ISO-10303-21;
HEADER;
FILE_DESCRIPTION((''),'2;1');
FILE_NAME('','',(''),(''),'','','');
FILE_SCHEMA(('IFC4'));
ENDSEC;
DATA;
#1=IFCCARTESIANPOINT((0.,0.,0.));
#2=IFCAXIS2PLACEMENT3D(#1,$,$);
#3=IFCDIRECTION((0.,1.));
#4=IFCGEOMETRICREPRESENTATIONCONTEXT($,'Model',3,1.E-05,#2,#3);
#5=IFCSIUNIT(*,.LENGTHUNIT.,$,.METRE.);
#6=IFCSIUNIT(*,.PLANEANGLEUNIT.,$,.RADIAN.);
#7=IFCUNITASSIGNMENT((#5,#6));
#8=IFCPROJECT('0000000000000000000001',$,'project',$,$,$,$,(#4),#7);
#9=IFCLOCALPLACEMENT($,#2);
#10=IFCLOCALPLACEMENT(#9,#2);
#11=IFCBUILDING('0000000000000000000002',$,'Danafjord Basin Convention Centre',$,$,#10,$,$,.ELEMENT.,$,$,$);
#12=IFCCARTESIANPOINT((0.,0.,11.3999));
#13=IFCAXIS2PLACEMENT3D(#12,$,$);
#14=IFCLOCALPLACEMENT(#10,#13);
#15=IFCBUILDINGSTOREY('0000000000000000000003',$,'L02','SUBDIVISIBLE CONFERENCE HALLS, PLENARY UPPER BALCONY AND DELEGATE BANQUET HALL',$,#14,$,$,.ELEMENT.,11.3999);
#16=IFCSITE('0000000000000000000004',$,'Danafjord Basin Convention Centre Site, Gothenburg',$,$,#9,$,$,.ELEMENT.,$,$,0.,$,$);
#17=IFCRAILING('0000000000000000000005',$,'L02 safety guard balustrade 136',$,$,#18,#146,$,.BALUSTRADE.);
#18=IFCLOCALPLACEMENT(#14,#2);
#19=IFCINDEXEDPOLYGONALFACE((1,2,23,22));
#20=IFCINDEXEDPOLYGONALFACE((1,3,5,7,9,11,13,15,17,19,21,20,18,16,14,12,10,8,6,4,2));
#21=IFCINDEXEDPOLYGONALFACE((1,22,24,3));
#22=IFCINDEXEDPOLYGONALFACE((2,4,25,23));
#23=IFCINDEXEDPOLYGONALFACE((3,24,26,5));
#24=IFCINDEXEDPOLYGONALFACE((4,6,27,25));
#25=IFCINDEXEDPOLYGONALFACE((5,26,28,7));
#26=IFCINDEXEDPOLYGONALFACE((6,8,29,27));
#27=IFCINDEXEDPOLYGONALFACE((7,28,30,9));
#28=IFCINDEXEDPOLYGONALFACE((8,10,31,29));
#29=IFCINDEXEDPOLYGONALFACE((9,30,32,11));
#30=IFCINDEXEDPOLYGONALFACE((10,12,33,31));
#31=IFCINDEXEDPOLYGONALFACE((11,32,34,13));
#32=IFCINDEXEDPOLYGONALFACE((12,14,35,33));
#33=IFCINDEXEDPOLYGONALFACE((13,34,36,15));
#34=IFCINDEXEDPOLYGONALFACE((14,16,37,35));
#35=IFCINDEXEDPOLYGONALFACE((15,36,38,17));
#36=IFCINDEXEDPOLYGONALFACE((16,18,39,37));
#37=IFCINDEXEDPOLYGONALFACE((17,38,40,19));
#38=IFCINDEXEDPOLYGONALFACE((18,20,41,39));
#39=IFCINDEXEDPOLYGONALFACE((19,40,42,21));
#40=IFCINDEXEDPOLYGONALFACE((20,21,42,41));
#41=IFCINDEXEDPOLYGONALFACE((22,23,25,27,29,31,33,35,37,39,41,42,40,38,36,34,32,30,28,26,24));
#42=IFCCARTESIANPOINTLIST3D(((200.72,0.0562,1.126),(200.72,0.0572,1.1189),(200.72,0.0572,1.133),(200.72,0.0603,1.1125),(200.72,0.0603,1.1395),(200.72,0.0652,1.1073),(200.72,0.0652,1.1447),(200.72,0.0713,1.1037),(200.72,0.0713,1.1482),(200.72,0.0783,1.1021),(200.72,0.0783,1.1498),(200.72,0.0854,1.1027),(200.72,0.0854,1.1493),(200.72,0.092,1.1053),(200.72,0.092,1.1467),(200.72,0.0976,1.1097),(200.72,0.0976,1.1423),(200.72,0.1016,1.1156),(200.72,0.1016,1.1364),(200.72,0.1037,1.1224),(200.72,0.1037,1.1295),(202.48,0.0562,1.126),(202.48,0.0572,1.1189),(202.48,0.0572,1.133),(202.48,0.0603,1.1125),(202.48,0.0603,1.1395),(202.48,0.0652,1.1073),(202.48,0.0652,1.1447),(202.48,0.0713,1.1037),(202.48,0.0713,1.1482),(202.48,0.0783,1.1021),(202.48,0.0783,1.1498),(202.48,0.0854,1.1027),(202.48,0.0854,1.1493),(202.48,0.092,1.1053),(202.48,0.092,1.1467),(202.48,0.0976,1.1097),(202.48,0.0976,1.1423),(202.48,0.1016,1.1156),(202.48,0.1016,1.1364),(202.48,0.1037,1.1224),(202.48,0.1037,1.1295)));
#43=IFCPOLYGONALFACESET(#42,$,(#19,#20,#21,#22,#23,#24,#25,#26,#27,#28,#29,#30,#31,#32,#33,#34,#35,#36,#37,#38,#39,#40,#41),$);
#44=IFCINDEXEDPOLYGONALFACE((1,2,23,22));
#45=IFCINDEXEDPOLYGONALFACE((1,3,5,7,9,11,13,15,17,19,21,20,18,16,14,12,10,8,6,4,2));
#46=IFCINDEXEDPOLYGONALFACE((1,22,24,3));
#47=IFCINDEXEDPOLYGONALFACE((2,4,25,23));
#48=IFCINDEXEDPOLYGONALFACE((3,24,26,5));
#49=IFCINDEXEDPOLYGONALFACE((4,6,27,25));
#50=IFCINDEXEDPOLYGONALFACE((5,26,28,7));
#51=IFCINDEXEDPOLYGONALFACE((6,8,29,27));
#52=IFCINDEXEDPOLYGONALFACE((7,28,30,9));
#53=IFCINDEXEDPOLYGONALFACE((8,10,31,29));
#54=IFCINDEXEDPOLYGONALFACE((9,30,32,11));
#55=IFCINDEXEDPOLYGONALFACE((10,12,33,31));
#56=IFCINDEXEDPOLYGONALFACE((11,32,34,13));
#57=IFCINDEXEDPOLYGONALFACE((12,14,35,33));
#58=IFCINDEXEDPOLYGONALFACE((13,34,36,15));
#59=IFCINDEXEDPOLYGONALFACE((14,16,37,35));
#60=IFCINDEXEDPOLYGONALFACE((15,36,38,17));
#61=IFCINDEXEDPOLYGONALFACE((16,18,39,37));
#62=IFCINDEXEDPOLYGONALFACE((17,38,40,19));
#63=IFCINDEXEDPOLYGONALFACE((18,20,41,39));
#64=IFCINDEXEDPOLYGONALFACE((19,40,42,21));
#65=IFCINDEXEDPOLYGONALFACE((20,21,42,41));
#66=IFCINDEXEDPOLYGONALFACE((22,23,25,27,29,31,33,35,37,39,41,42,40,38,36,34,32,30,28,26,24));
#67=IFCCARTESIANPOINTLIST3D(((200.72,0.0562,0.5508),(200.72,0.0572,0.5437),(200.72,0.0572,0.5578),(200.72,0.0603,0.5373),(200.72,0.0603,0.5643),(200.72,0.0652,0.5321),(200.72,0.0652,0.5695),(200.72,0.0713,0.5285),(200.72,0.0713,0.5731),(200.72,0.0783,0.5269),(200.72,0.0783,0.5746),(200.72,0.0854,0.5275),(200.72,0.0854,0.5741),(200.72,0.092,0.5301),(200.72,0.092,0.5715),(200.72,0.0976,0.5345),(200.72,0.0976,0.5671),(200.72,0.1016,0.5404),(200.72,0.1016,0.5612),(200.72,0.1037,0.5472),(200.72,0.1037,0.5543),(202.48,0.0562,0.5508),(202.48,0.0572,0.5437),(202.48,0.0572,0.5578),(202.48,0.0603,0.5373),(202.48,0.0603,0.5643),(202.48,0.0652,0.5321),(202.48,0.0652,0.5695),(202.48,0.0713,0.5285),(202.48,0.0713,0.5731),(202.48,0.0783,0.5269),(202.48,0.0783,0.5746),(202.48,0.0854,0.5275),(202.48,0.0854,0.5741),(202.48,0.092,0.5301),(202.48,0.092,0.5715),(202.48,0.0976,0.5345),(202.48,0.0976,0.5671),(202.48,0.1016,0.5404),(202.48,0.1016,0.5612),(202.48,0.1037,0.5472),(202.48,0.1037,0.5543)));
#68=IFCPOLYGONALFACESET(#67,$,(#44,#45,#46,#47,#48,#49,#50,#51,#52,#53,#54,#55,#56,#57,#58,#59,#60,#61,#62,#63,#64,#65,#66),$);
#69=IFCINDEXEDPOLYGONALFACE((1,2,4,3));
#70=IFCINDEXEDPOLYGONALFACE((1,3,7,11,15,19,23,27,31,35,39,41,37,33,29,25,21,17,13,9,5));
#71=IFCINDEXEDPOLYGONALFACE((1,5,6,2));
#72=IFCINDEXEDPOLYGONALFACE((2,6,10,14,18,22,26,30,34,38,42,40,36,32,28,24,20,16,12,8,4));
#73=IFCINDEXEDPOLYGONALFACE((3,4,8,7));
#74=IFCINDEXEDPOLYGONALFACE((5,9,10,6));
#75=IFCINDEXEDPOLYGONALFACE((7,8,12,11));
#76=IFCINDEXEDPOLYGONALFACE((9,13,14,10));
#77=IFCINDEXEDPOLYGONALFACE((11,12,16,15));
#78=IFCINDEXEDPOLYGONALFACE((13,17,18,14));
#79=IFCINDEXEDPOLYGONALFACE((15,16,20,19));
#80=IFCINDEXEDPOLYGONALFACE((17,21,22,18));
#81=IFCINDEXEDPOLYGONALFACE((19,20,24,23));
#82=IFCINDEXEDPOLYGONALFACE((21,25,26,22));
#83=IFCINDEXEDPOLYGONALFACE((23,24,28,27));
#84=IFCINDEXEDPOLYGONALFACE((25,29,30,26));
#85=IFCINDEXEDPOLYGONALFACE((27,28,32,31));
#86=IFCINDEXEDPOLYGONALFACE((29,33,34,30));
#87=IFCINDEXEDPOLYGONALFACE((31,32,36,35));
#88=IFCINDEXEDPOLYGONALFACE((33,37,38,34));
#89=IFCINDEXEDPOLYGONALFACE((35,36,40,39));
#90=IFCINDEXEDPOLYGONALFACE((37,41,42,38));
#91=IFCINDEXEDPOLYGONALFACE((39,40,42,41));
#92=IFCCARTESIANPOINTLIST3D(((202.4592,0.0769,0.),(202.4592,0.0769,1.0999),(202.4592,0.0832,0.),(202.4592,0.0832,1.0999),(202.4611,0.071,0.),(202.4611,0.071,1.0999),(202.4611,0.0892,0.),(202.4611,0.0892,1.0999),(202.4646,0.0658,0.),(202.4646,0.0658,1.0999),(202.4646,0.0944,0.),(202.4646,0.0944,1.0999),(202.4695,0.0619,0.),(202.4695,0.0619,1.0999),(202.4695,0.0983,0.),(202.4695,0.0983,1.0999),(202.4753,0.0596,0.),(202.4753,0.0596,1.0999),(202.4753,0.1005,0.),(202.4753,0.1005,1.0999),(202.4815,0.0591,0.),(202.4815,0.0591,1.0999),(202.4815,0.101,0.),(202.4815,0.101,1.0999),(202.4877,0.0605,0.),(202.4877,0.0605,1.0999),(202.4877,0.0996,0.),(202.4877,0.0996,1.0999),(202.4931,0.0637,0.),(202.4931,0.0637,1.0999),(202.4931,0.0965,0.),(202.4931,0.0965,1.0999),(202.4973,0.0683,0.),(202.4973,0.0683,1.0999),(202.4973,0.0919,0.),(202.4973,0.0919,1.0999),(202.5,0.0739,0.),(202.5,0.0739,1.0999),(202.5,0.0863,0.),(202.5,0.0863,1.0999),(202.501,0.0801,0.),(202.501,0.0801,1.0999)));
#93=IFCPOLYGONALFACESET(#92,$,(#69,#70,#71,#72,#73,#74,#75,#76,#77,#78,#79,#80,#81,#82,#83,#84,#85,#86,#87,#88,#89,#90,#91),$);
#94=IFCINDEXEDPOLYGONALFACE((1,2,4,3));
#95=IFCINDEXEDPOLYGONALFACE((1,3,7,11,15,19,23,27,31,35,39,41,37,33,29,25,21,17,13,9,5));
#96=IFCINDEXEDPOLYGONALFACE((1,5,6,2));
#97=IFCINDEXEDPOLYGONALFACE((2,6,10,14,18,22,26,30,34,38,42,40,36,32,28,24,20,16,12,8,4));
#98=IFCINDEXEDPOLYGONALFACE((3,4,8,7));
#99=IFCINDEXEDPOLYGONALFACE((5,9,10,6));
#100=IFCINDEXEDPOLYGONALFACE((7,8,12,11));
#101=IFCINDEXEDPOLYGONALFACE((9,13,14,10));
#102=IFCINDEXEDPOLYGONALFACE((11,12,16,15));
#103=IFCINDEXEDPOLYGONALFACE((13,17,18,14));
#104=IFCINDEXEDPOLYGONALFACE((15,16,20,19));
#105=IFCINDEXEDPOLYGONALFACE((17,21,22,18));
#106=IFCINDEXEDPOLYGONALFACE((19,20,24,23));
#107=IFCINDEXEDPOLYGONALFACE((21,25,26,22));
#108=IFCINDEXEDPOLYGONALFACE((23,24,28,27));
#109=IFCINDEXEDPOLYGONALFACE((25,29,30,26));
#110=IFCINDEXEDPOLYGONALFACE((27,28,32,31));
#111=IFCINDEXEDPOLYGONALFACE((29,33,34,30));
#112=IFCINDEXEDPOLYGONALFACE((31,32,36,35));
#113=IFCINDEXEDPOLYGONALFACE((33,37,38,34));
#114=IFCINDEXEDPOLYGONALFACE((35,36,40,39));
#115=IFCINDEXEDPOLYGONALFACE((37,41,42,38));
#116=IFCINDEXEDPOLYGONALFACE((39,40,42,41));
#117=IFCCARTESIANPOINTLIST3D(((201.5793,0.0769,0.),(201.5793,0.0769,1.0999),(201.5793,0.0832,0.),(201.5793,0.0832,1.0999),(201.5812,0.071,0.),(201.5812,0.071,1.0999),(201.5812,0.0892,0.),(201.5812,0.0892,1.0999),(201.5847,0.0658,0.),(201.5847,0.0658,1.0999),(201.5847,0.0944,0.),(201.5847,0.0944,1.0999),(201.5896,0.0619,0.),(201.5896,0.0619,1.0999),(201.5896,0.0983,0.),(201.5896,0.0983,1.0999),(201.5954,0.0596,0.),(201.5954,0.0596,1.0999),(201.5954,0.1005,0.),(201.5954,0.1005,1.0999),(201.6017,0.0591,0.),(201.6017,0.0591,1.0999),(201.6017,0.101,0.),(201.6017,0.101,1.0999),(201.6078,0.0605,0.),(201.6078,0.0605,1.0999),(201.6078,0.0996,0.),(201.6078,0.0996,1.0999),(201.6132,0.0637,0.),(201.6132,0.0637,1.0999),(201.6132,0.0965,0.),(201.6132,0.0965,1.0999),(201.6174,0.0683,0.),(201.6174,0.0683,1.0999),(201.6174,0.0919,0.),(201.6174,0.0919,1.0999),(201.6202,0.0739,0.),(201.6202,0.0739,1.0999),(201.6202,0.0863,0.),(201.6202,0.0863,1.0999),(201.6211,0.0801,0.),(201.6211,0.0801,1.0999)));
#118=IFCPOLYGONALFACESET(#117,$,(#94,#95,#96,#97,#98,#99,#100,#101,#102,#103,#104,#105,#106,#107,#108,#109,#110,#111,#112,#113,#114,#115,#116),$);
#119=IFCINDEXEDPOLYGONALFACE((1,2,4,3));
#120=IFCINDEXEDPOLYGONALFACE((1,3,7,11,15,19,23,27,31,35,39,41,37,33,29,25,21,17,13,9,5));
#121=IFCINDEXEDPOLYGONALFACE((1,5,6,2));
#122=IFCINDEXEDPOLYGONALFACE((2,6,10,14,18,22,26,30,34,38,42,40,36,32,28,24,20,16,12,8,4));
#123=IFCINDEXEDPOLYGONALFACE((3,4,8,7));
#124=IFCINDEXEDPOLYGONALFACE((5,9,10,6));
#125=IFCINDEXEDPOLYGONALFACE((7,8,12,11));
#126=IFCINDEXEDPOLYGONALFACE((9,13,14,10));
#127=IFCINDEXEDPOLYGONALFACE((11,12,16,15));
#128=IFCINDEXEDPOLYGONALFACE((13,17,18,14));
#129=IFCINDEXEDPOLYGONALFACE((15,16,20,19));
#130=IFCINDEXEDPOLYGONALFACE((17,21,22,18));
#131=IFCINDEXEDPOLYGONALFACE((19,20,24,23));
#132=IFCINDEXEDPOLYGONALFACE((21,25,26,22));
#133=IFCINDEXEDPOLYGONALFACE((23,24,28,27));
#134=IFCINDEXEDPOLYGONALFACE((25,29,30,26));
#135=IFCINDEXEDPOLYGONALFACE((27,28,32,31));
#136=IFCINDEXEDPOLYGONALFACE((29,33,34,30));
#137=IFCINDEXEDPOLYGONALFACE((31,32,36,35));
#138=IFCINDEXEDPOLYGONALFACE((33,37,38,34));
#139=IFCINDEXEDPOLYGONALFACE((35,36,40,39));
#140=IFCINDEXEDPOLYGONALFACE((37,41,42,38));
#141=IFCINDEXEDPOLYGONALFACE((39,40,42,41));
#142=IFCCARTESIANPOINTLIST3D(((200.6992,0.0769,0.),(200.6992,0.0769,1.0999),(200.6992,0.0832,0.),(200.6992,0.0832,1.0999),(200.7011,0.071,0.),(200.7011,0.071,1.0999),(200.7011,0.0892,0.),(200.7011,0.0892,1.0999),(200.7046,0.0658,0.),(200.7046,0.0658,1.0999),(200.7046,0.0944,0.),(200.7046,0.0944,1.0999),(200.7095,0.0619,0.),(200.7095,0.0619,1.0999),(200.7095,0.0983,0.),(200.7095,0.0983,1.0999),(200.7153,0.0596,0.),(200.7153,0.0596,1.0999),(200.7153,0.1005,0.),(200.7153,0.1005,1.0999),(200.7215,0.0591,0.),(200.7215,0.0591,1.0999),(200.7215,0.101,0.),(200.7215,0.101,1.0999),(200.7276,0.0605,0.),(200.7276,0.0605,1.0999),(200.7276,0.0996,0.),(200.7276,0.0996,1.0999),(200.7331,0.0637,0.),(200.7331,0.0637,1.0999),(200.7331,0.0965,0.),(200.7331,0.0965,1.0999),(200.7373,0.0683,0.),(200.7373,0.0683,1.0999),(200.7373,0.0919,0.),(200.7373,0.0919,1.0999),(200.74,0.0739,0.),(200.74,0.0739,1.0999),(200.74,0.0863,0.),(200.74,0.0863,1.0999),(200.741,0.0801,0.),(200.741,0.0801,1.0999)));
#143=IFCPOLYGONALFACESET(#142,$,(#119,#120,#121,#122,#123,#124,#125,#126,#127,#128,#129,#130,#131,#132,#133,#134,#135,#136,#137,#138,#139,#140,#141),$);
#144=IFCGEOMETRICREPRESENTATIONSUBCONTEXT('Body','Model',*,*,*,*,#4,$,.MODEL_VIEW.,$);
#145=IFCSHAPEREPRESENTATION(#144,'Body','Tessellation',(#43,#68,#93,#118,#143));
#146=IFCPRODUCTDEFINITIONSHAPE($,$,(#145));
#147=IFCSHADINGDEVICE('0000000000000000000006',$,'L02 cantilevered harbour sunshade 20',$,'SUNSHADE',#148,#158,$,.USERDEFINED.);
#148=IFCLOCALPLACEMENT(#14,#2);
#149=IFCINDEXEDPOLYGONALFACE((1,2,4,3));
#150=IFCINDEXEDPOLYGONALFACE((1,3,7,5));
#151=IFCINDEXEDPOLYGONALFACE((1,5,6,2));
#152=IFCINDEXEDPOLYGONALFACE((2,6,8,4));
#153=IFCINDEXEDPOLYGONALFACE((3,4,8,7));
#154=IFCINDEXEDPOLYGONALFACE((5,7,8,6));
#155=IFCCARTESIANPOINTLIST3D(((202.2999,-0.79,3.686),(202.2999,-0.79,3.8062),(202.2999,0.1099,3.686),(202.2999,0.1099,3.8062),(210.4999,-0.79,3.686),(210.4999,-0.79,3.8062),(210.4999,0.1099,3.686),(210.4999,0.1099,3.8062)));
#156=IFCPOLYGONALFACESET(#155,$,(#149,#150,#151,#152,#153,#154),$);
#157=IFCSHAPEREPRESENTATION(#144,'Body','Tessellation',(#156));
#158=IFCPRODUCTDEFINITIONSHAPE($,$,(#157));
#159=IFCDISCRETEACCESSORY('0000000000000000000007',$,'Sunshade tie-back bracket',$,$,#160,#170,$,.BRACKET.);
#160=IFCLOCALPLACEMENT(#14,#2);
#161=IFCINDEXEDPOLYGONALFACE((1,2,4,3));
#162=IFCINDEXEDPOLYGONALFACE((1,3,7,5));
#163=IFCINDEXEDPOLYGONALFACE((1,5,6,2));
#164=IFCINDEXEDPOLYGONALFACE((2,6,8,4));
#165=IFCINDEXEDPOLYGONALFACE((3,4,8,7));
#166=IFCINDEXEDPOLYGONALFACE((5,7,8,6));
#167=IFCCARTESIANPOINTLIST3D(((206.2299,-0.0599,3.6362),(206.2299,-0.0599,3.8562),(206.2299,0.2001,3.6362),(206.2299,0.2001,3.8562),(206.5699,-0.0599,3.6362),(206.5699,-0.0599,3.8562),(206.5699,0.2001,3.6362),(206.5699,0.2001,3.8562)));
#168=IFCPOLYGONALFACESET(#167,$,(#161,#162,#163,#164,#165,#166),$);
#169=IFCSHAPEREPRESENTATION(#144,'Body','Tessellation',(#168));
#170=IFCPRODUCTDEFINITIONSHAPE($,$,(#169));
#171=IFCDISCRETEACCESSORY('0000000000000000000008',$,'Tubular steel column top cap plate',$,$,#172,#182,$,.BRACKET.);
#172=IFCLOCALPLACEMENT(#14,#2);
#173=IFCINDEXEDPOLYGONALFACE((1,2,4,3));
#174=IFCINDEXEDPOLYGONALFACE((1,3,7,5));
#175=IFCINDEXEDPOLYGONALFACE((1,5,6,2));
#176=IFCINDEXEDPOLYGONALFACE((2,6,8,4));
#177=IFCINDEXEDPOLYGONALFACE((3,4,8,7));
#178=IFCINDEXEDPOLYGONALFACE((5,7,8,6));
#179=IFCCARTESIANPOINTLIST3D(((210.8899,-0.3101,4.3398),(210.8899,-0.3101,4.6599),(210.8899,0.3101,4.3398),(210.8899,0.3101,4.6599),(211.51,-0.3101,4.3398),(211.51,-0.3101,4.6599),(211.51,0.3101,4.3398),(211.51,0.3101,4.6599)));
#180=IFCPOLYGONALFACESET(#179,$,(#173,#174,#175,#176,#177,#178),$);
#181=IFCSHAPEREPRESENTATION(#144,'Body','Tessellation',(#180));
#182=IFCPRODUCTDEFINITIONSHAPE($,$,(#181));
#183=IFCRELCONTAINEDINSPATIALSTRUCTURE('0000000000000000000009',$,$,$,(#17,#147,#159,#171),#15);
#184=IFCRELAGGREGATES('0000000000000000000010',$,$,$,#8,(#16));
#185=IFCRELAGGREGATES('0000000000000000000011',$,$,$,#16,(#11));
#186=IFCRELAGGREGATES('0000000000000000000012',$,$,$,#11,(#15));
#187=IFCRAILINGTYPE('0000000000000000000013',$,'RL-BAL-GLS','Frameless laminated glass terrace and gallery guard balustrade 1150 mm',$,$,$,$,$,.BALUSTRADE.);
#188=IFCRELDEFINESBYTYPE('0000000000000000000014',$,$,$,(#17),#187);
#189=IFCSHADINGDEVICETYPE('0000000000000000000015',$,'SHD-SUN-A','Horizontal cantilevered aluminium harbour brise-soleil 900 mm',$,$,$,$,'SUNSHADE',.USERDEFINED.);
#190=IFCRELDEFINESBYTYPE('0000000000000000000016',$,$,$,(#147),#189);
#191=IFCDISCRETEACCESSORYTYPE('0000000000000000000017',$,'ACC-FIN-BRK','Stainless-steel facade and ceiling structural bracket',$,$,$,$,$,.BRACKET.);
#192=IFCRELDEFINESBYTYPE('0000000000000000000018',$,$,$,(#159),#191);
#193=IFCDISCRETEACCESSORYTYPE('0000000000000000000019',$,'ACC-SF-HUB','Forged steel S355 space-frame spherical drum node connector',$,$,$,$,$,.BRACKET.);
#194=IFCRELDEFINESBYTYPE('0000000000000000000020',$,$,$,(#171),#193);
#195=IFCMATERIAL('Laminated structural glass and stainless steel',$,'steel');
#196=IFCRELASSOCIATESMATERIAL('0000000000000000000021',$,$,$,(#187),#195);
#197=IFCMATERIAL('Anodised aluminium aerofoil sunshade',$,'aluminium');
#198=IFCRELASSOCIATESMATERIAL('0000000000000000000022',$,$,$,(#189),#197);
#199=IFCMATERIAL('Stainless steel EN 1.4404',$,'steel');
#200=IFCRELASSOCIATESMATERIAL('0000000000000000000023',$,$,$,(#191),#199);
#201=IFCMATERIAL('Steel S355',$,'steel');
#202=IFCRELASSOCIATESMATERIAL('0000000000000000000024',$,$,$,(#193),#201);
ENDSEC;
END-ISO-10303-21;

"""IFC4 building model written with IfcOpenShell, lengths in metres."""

from ifc_helpers import new_model, si_unit, direction, frame, origin, origin_2d, place, context, subcontext, project, spatial, rectangle, circle, extrude, material, type_object, element, save


model = new_model("IFC4")

# Units and contexts
model_context = context("Model", 3, precision=1e-05, world=origin(), true_north=direction((0.0, 1.0)))
body_context = subcontext(model_context, "Body", "Model", "MODEL_VIEW")
ifc_project = project(units=[si_unit("LENGTHUNIT", "METRE"), si_unit("PLANEANGLEUNIT", "RADIAN")], contexts=[model_context])

# Site, building, storey
site_placement = place(None, origin())
site = spatial("IfcSite", under=ifc_project, at=site_placement, Name="Danafjord Basin Convention Centre Site, Gothenburg", CompositionType="ELEMENT", RefElevation=0.0)
building_placement = place(site_placement, origin())
building = spatial("IfcBuilding", under=site, at=building_placement, Name="Danafjord Basin Convention Centre", CompositionType="ELEMENT")
storey_placement = place(building_placement, frame((0.0, 0.0, 11.3999)))
storey = spatial("IfcBuildingStorey", under=building, at=storey_placement, Name="L02", Description="SUBDIVISIBLE CONFERENCE HALLS, PLENARY UPPER BALCONY AND DELEGATE BANQUET HALL", CompositionType="ELEMENT", Elevation=11.3999)

# Shared definitions
ifc_material_1 = material(Name="Steel S355", Category="steel")

# Railing
ifc_material_2 = material(Name="Laminated structural glass and stainless steel", Category="steel")
railing_type = type_object("IfcRailingType", Name="RL-BAL-GLS", Description="Frameless laminated glass terrace and gallery guard balustrade 1150 mm", PredefinedType="BALUSTRADE", material=ifc_material_2)
railing_placement = place(storey_placement, frame((202.48, 0.0801, 0.0)))
element("IfcRailing", 1, at=railing_placement, inside=storey, type_object=railing_type, Name="L02 safety guard balustrade 136", PredefinedType="BALUSTRADE", context=body_context, shape_type="SweptSolid", body=[
    extrude(circle(Radius=0.0239, at=origin_2d()), frame((0.0, 0.0, 1.126), z_axis=(-1.0, 0.0, 0.0), x_axis=(0.0, -1.0, 0.0)), (0.0, 0.0, 1.0), 1.76),
    extrude(circle(Radius=0.0239, at=origin_2d()), frame((0.0, 0.0, 0.5508), z_axis=(-1.0, 0.0, 0.0), x_axis=(0.0, -1.0, 0.0)), (0.0, 0.0, 1.0), 1.76),
    extrude(circle(Radius=0.021, at=origin_2d()), origin(), (0.0, 0.0, 1.0), 1.0999),
    extrude(circle(Radius=0.021, at=origin_2d()), frame((-0.8799, 0.0, 0.0)), (0.0, 0.0, 1.0), 1.0999),
    extrude(circle(Radius=0.021, at=origin_2d()), frame((-1.76, 0.0, 0.0)), (0.0, 0.0, 1.0), 1.0999),
])

# Shading device
ifc_material_3 = material(Name="Anodised aluminium aerofoil sunshade", Category="aluminium")
shading_device_type = type_object("IfcShadingDeviceType", Name="SHD-SUN-A", Description="Horizontal cantilevered aluminium harbour brise-soleil 900 mm", ElementType="SUNSHADE", PredefinedType="USERDEFINED", material=ifc_material_3)
shading_device_placement = place(storey_placement, frame((206.3999, -0.3401, 3.686), z_axis=(0.0, 0.0, 1.0), x_axis=(1.0, 0.0, 0.0)))
element("IfcShadingDevice", 2, at=shading_device_placement, inside=storey, type_object=shading_device_type, Name="L02 cantilevered harbour sunshade 20", ObjectType="SUNSHADE", PredefinedType="USERDEFINED", context=body_context, shape_type="SweptSolid", body=[
    extrude(rectangle(XDim=8.2, YDim=0.8999, at=origin_2d()), origin(), (0.0, 0.0, 1.0), 0.1201),
])

# Discrete accessories
ifc_material_4 = material(Name="Stainless steel EN 1.4404", Category="steel")
discrete_accessory_type_1 = type_object("IfcDiscreteAccessoryType", Name="ACC-FIN-BRK", Description="Stainless-steel facade and ceiling structural bracket", PredefinedType="BRACKET", material=ifc_material_4)
discrete_accessory_1_placement = place(storey_placement, frame((206.3999, 0.0701, 3.6362), z_axis=(0.0, 0.0, 1.0), x_axis=(1.0, 0.0, 0.0)))
element("IfcDiscreteAccessory", 3, at=discrete_accessory_1_placement, inside=storey, type_object=discrete_accessory_type_1, Name="Sunshade tie-back bracket", PredefinedType="BRACKET", context=body_context, shape_type="SweptSolid", body=[
    extrude(rectangle(XDim=0.3401, YDim=0.26, at=origin_2d()), origin(), (0.0, 0.0, 1.0), 0.22),
])
discrete_accessory_type_2 = type_object("IfcDiscreteAccessoryType", Name="ACC-SF-HUB", Description="Forged steel S355 space-frame spherical drum node connector", PredefinedType="BRACKET", material=ifc_material_1)
discrete_accessory_2_placement = place(storey_placement, frame((211.2, 0.0, 4.3398), z_axis=(0.0, 0.0, 1.0), x_axis=(1.0, 0.0, 0.0)))
element("IfcDiscreteAccessory", 4, at=discrete_accessory_2_placement, inside=storey, type_object=discrete_accessory_type_2, Name="Tubular steel column top cap plate", PredefinedType="BRACKET", context=body_context, shape_type="SweptSolid", body=[
    extrude(rectangle(XDim=0.6201, YDim=0.6201, at=origin_2d()), origin(), (0.0, 0.0, 1.0), 0.3201),
])

save(model, "model.ifc")
